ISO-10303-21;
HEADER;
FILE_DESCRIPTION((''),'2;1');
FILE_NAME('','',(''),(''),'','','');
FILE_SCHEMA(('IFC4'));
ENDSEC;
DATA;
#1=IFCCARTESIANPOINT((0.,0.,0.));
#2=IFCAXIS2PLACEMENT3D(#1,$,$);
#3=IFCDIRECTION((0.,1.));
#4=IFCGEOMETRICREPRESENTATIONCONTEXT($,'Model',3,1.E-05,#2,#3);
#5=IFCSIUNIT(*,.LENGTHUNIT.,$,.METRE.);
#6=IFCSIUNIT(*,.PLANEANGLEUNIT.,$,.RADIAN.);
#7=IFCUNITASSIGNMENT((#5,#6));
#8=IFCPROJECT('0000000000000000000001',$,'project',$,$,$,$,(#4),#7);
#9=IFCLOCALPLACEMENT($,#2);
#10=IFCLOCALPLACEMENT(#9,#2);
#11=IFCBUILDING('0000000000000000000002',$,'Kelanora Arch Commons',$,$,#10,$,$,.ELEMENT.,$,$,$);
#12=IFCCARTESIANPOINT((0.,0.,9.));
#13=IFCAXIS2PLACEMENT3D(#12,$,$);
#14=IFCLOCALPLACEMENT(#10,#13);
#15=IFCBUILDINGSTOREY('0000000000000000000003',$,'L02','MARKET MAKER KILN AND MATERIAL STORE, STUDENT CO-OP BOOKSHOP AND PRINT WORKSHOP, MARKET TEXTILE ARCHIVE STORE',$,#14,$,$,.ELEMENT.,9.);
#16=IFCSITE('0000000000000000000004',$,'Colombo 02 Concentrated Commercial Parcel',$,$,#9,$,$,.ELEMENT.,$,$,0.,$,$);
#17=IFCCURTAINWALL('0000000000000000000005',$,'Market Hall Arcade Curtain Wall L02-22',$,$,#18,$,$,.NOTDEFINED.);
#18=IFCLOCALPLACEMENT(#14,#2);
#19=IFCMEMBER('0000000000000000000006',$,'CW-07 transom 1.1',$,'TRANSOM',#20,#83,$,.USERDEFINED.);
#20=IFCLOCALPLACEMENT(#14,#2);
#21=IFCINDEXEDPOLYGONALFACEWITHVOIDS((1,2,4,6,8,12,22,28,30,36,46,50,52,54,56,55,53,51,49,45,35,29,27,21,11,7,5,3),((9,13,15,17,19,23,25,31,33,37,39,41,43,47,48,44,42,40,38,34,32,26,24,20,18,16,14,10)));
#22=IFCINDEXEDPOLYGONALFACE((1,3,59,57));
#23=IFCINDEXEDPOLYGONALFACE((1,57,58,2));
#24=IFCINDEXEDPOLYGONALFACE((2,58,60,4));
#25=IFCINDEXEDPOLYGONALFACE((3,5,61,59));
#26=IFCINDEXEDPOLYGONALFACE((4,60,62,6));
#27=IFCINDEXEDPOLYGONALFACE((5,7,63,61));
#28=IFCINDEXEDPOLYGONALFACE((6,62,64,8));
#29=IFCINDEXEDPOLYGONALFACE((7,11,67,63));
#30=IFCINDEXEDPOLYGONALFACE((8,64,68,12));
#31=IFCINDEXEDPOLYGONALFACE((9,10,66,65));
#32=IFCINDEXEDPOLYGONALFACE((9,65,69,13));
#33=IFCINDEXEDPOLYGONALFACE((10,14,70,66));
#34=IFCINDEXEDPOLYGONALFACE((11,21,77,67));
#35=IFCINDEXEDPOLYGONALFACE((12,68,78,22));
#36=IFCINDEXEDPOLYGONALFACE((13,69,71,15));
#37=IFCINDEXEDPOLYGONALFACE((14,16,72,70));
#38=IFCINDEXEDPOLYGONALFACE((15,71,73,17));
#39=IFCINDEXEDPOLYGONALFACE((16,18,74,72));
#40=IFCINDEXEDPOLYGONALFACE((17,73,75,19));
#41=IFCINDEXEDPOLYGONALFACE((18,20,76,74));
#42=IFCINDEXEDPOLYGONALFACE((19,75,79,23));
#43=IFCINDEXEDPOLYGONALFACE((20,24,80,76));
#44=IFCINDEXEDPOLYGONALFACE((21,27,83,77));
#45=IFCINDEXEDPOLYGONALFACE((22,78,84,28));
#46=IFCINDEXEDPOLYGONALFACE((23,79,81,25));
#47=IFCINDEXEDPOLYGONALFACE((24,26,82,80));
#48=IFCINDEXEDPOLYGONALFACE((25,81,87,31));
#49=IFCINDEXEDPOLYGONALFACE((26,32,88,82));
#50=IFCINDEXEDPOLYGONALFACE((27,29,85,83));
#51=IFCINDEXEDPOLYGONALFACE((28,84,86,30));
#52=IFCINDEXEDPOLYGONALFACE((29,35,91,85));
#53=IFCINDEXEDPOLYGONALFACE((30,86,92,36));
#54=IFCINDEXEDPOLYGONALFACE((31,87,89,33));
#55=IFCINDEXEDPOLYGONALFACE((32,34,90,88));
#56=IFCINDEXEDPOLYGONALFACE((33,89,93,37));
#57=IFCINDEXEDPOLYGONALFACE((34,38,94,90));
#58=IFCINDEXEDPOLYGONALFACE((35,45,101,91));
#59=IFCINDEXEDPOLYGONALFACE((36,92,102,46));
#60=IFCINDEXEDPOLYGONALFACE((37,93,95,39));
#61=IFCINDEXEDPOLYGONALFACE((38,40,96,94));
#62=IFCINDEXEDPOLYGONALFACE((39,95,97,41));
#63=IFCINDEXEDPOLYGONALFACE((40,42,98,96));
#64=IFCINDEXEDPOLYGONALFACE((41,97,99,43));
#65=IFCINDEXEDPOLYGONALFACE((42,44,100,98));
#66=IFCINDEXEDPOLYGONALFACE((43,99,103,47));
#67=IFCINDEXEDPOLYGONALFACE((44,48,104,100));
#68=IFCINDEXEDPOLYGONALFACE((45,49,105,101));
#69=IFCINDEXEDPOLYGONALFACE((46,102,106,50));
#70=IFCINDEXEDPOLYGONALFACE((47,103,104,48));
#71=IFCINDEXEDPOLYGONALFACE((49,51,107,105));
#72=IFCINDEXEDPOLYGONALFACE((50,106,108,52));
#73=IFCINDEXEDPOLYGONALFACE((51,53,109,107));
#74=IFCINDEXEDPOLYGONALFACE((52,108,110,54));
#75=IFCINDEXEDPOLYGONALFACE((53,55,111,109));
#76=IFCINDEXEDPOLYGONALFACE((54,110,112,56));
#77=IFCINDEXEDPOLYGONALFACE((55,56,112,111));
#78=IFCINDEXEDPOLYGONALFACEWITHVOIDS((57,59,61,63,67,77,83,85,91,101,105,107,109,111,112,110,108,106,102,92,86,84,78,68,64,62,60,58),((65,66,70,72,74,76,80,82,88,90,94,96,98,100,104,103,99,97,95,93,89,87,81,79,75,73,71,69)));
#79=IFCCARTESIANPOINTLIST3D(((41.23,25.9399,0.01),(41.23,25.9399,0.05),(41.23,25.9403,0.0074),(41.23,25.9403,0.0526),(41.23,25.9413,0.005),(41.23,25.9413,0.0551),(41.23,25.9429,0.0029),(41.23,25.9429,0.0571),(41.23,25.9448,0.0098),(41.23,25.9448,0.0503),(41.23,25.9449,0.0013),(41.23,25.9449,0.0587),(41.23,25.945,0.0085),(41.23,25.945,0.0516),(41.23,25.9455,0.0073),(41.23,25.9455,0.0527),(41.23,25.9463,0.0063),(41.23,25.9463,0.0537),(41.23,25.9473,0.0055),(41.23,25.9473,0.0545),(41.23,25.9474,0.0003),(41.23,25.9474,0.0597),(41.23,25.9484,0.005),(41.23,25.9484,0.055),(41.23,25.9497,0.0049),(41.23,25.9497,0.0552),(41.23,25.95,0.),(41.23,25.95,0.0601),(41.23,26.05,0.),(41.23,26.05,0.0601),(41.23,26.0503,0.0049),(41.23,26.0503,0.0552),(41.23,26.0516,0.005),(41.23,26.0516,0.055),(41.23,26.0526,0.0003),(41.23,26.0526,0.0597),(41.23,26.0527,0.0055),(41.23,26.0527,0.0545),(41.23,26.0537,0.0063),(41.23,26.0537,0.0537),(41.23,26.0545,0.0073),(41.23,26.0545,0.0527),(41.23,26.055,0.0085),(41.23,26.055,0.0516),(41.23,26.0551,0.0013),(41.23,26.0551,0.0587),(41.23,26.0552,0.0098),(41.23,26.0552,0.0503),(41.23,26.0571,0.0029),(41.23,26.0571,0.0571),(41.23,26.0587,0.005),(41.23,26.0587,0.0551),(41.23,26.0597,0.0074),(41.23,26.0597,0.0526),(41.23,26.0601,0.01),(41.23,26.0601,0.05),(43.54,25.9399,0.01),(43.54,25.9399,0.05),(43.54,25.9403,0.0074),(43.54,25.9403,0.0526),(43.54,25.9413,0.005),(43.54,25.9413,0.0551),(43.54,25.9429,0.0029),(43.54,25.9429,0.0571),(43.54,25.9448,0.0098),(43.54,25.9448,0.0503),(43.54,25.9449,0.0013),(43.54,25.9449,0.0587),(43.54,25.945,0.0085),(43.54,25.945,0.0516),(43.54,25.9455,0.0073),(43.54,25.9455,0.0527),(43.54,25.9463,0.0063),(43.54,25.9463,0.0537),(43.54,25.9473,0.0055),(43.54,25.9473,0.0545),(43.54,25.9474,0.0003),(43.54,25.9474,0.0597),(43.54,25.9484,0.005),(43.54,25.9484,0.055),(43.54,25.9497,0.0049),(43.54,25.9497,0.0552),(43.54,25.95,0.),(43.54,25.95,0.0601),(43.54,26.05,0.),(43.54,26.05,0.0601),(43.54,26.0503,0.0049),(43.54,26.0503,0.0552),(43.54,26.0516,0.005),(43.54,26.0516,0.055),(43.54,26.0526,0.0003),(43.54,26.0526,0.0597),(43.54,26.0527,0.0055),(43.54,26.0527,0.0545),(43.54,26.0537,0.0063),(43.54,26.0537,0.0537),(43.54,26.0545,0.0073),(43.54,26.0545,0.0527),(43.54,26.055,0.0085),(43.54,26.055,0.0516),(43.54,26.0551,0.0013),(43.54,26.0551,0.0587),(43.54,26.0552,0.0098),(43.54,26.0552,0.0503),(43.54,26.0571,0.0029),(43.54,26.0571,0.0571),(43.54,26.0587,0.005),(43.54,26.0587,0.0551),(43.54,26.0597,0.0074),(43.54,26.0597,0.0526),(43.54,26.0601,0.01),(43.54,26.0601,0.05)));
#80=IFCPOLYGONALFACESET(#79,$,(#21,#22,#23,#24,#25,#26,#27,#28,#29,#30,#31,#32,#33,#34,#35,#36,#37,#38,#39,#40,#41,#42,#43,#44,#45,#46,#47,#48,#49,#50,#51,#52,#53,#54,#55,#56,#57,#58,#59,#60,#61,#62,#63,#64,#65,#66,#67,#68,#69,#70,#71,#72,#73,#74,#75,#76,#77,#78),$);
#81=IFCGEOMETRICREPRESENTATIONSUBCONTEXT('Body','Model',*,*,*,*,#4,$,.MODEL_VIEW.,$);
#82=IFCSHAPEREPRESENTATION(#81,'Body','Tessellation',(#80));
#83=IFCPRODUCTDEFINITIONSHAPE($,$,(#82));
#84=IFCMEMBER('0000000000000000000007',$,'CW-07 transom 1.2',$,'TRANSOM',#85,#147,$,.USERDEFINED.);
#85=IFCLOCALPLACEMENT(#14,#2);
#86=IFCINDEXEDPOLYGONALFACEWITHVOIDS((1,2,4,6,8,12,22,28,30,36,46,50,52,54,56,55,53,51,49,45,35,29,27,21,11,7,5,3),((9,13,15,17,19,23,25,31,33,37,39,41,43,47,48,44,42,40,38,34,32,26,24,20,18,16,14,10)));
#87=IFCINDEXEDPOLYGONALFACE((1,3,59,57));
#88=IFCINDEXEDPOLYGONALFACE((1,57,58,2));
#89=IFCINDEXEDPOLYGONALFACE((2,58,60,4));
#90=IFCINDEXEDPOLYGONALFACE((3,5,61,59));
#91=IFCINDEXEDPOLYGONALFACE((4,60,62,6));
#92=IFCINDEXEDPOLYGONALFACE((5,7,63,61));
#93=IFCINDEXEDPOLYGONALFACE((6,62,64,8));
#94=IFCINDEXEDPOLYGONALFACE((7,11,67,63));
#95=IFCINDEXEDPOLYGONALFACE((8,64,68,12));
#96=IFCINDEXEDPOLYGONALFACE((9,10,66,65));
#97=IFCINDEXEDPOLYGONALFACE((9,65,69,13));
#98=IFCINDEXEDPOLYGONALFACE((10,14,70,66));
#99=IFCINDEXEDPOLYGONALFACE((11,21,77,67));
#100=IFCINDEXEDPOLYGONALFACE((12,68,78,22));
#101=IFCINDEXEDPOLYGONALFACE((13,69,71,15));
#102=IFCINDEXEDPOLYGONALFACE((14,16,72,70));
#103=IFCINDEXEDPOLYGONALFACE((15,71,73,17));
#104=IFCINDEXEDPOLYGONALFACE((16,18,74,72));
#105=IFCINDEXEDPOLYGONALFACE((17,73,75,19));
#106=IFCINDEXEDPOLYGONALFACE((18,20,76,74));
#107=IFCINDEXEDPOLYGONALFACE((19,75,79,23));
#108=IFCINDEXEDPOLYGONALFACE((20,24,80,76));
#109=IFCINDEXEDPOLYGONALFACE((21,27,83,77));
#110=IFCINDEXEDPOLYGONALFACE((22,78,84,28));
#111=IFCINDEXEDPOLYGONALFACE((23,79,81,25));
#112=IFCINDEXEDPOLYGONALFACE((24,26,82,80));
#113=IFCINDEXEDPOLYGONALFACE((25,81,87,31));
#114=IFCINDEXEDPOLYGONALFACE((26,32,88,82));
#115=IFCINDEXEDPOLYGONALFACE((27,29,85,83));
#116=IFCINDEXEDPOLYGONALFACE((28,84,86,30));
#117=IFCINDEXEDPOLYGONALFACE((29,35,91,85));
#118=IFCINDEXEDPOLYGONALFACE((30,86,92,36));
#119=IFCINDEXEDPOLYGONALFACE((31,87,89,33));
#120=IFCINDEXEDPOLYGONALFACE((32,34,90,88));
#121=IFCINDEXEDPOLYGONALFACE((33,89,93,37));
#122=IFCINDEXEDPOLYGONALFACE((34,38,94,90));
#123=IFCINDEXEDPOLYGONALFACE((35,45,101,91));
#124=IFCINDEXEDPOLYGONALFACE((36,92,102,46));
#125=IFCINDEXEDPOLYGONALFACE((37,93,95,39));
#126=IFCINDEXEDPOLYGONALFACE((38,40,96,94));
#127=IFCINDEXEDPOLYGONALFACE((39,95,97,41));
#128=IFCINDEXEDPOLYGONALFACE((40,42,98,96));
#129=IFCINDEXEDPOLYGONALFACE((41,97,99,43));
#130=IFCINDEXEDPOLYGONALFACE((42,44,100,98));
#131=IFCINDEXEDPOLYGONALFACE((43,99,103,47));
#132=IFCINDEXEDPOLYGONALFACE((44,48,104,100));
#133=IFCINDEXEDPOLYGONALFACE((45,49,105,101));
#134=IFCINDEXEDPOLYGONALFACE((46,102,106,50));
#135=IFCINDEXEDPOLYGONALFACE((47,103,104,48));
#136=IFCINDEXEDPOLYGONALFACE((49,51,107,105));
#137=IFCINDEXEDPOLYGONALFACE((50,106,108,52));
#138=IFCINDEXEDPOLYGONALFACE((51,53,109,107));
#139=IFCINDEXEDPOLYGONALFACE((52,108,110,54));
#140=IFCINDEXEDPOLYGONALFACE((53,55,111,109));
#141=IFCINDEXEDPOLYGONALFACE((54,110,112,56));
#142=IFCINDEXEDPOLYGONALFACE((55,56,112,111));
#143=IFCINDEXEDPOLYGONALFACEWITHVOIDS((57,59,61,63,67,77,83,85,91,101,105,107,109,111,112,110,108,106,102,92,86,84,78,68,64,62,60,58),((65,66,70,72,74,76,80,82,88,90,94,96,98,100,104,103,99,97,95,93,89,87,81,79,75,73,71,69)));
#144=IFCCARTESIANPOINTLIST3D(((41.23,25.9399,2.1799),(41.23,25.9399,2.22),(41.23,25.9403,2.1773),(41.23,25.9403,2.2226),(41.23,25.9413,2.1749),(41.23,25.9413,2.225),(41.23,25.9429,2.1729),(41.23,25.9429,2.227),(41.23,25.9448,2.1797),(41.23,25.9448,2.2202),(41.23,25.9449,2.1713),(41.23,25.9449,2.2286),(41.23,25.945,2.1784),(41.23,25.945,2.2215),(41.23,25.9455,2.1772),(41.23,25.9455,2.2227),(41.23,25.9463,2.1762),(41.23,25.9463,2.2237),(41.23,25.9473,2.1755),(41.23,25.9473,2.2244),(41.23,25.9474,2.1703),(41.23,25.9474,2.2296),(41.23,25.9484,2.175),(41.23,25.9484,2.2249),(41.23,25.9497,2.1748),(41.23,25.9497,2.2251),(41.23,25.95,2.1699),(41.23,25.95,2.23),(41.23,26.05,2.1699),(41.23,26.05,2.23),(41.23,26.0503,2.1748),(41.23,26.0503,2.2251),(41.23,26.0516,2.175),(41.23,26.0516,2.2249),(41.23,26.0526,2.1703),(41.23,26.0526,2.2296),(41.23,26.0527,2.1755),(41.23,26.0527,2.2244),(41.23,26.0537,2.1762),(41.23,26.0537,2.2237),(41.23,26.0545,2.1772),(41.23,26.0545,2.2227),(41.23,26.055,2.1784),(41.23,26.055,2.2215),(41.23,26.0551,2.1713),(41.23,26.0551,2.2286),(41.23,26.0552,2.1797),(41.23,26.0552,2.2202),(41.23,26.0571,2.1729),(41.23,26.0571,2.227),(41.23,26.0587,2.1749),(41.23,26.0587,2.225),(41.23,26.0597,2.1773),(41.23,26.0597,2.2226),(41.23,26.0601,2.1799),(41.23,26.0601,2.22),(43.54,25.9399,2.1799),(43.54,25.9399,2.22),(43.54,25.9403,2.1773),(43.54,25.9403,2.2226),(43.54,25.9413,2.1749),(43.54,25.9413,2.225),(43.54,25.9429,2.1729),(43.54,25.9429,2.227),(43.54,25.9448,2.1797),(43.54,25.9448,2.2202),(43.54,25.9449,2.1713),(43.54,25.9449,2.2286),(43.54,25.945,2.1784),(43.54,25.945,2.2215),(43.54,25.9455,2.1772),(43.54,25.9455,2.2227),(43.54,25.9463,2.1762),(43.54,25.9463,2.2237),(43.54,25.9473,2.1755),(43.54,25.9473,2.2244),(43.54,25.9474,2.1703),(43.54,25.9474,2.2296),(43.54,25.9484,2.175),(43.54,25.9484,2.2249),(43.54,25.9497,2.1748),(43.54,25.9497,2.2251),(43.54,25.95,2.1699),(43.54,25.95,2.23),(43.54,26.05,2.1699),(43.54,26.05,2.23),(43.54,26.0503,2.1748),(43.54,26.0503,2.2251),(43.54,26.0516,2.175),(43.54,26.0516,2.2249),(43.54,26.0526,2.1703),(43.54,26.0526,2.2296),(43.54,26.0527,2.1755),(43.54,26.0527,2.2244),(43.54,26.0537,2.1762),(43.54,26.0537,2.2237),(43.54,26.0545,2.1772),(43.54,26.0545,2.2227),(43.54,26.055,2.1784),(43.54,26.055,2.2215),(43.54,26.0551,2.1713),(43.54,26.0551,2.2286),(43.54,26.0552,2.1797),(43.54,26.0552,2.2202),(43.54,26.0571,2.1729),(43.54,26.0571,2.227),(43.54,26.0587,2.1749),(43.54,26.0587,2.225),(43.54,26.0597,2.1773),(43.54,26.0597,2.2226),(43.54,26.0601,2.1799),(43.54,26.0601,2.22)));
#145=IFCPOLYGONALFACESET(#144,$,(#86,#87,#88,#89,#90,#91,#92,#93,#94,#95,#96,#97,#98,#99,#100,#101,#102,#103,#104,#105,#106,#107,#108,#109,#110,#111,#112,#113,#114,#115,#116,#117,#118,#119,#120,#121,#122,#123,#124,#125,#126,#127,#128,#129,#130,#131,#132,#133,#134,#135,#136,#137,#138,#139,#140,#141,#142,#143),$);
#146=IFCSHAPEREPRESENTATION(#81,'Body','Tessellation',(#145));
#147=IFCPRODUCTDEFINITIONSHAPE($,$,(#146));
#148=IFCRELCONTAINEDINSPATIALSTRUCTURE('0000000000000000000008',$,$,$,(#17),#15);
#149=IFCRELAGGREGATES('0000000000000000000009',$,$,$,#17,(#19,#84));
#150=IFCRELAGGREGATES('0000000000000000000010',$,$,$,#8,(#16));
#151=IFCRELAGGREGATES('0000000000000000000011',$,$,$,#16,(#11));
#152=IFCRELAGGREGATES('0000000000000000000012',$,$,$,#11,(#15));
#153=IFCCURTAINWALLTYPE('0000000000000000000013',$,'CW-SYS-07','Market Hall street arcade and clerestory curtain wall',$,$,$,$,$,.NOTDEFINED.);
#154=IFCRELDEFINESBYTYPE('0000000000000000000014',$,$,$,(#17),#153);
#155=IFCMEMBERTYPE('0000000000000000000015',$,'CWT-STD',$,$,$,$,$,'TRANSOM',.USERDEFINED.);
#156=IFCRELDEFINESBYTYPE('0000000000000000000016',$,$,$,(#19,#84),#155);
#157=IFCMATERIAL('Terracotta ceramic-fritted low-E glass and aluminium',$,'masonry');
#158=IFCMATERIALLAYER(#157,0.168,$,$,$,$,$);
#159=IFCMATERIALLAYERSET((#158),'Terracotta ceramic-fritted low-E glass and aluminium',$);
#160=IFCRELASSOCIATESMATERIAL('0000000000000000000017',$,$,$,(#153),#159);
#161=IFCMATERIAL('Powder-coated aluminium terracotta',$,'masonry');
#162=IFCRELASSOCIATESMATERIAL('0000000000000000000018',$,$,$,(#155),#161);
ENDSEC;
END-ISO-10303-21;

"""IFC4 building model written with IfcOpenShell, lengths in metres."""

from ifc_helpers import new_model, si_unit, direction, frame, origin, origin_2d, place, context, subcontext, project, spatial, hollow_rectangle, extrude, material, layer, layer_set, material_profile, profile_set, type_object, element, aggregate, save


model = new_model("IFC4")

# Units and contexts
model_context = context("Model", 3, precision=1e-05, world=origin(), true_north=direction((0.0, 1.0)))
body_context = subcontext(model_context, "Body", "Model", "MODEL_VIEW")
ifc_project = project(units=[si_unit("LENGTHUNIT", "METRE"), si_unit("PLANEANGLEUNIT", "RADIAN")], contexts=[model_context])

# Site, building, storey
site_placement = place(None, origin())
site = spatial("IfcSite", under=ifc_project, at=site_placement, Name="Colombo 02 Concentrated Commercial Parcel", CompositionType="ELEMENT", RefElevation=0.0)
building_placement = place(site_placement, origin())
building = spatial("IfcBuilding", under=site, at=building_placement, Name="Kelanora Arch Commons", CompositionType="ELEMENT")
storey_placement = place(building_placement, frame((0.0, 0.0, 9.0)))
storey = spatial("IfcBuildingStorey", under=building, at=storey_placement, Name="L02", Description="MARKET MAKER KILN AND MATERIAL STORE, STUDENT CO-OP BOOKSHOP AND PRINT WORKSHOP, MARKET TEXTILE ARCHIVE STORE", CompositionType="ELEMENT", Elevation=9.0)

# Curtain wall, members
ifc_material_1 = material(Name="Terracotta ceramic-fritted low-E glass and aluminium", Category="masonry")
ifc_layer_1 = layer(ifc_material_1, 0.168)
ifc_layer_set_1 = layer_set([ifc_layer_1], Name="Terracotta ceramic-fritted low-E glass and aluminium")
curtain_wall_type = type_object("IfcCurtainWallType", Name="CW-SYS-07", Description="Market Hall street arcade and clerestory curtain wall", PredefinedType="NOTDEFINED", material=ifc_layer_set_1)
curtain_wall_placement = place(storey_placement, origin())
curtain_wall = element("IfcCurtainWall", 1, at=curtain_wall_placement, inside=storey, type_object=curtain_wall_type, Name="Market Hall Arcade Curtain Wall L02-22", PredefinedType="NOTDEFINED")
ifc_material_2 = material(Name="Powder-coated aluminium terracotta", Category="masonry")
ifc_material_profile_1 = material_profile(ifc_material_2, hollow_rectangle(XDim=0.1201, YDim=0.0601, WallThickness=0.0049, InnerFilletRadius=0.0049, OuterFilletRadius=0.01, at=origin_2d()), Name="CWT120x60")
ifc_profile_set_1 = profile_set([ifc_material_profile_1], Name="Powder-coated aluminium terracotta")
member_type_1 = type_object("IfcMemberType", Name="CWT-STD", ElementType="TRANSOM", PredefinedType="USERDEFINED", material=ifc_profile_set_1)
member_1_placement = place(storey_placement, frame((43.54, 26.0, 0.03), z_axis=(-1.0, 0.0, 0.0), x_axis=(0.0, -1.0, 0.0)))
member_1 = element("IfcMember", 2, at=member_1_placement, type_object=member_type_1, Name="CW-07 transom 1.1", ObjectType="TRANSOM", PredefinedType="USERDEFINED", context=body_context, shape_type="SweptSolid", body=[
    extrude(hollow_rectangle(XDim=0.1201, YDim=0.0601, WallThickness=0.0049, InnerFilletRadius=0.0049, OuterFilletRadius=0.01, at=origin_2d()), origin(), (0.0, 0.0, 1.0), 2.3101),
])
member_2_placement = place(storey_placement, frame((43.54, 26.0, 2.2), z_axis=(-1.0, 0.0, 0.0), x_axis=(0.0, -1.0, 0.0)))
member_2 = element("IfcMember", 3, at=member_2_placement, type_object=member_type_1, Name="CW-07 transom 1.2", ObjectType="TRANSOM", PredefinedType="USERDEFINED", context=body_context, shape_type="SweptSolid", body=[
    extrude(hollow_rectangle(XDim=0.1201, YDim=0.0601, WallThickness=0.0049, InnerFilletRadius=0.0049, OuterFilletRadius=0.01, at=origin_2d()), origin(), (0.0, 0.0, 1.0), 2.3101),
])
aggregate(curtain_wall, [member_1, member_2])

save(model, "model.ifc")
